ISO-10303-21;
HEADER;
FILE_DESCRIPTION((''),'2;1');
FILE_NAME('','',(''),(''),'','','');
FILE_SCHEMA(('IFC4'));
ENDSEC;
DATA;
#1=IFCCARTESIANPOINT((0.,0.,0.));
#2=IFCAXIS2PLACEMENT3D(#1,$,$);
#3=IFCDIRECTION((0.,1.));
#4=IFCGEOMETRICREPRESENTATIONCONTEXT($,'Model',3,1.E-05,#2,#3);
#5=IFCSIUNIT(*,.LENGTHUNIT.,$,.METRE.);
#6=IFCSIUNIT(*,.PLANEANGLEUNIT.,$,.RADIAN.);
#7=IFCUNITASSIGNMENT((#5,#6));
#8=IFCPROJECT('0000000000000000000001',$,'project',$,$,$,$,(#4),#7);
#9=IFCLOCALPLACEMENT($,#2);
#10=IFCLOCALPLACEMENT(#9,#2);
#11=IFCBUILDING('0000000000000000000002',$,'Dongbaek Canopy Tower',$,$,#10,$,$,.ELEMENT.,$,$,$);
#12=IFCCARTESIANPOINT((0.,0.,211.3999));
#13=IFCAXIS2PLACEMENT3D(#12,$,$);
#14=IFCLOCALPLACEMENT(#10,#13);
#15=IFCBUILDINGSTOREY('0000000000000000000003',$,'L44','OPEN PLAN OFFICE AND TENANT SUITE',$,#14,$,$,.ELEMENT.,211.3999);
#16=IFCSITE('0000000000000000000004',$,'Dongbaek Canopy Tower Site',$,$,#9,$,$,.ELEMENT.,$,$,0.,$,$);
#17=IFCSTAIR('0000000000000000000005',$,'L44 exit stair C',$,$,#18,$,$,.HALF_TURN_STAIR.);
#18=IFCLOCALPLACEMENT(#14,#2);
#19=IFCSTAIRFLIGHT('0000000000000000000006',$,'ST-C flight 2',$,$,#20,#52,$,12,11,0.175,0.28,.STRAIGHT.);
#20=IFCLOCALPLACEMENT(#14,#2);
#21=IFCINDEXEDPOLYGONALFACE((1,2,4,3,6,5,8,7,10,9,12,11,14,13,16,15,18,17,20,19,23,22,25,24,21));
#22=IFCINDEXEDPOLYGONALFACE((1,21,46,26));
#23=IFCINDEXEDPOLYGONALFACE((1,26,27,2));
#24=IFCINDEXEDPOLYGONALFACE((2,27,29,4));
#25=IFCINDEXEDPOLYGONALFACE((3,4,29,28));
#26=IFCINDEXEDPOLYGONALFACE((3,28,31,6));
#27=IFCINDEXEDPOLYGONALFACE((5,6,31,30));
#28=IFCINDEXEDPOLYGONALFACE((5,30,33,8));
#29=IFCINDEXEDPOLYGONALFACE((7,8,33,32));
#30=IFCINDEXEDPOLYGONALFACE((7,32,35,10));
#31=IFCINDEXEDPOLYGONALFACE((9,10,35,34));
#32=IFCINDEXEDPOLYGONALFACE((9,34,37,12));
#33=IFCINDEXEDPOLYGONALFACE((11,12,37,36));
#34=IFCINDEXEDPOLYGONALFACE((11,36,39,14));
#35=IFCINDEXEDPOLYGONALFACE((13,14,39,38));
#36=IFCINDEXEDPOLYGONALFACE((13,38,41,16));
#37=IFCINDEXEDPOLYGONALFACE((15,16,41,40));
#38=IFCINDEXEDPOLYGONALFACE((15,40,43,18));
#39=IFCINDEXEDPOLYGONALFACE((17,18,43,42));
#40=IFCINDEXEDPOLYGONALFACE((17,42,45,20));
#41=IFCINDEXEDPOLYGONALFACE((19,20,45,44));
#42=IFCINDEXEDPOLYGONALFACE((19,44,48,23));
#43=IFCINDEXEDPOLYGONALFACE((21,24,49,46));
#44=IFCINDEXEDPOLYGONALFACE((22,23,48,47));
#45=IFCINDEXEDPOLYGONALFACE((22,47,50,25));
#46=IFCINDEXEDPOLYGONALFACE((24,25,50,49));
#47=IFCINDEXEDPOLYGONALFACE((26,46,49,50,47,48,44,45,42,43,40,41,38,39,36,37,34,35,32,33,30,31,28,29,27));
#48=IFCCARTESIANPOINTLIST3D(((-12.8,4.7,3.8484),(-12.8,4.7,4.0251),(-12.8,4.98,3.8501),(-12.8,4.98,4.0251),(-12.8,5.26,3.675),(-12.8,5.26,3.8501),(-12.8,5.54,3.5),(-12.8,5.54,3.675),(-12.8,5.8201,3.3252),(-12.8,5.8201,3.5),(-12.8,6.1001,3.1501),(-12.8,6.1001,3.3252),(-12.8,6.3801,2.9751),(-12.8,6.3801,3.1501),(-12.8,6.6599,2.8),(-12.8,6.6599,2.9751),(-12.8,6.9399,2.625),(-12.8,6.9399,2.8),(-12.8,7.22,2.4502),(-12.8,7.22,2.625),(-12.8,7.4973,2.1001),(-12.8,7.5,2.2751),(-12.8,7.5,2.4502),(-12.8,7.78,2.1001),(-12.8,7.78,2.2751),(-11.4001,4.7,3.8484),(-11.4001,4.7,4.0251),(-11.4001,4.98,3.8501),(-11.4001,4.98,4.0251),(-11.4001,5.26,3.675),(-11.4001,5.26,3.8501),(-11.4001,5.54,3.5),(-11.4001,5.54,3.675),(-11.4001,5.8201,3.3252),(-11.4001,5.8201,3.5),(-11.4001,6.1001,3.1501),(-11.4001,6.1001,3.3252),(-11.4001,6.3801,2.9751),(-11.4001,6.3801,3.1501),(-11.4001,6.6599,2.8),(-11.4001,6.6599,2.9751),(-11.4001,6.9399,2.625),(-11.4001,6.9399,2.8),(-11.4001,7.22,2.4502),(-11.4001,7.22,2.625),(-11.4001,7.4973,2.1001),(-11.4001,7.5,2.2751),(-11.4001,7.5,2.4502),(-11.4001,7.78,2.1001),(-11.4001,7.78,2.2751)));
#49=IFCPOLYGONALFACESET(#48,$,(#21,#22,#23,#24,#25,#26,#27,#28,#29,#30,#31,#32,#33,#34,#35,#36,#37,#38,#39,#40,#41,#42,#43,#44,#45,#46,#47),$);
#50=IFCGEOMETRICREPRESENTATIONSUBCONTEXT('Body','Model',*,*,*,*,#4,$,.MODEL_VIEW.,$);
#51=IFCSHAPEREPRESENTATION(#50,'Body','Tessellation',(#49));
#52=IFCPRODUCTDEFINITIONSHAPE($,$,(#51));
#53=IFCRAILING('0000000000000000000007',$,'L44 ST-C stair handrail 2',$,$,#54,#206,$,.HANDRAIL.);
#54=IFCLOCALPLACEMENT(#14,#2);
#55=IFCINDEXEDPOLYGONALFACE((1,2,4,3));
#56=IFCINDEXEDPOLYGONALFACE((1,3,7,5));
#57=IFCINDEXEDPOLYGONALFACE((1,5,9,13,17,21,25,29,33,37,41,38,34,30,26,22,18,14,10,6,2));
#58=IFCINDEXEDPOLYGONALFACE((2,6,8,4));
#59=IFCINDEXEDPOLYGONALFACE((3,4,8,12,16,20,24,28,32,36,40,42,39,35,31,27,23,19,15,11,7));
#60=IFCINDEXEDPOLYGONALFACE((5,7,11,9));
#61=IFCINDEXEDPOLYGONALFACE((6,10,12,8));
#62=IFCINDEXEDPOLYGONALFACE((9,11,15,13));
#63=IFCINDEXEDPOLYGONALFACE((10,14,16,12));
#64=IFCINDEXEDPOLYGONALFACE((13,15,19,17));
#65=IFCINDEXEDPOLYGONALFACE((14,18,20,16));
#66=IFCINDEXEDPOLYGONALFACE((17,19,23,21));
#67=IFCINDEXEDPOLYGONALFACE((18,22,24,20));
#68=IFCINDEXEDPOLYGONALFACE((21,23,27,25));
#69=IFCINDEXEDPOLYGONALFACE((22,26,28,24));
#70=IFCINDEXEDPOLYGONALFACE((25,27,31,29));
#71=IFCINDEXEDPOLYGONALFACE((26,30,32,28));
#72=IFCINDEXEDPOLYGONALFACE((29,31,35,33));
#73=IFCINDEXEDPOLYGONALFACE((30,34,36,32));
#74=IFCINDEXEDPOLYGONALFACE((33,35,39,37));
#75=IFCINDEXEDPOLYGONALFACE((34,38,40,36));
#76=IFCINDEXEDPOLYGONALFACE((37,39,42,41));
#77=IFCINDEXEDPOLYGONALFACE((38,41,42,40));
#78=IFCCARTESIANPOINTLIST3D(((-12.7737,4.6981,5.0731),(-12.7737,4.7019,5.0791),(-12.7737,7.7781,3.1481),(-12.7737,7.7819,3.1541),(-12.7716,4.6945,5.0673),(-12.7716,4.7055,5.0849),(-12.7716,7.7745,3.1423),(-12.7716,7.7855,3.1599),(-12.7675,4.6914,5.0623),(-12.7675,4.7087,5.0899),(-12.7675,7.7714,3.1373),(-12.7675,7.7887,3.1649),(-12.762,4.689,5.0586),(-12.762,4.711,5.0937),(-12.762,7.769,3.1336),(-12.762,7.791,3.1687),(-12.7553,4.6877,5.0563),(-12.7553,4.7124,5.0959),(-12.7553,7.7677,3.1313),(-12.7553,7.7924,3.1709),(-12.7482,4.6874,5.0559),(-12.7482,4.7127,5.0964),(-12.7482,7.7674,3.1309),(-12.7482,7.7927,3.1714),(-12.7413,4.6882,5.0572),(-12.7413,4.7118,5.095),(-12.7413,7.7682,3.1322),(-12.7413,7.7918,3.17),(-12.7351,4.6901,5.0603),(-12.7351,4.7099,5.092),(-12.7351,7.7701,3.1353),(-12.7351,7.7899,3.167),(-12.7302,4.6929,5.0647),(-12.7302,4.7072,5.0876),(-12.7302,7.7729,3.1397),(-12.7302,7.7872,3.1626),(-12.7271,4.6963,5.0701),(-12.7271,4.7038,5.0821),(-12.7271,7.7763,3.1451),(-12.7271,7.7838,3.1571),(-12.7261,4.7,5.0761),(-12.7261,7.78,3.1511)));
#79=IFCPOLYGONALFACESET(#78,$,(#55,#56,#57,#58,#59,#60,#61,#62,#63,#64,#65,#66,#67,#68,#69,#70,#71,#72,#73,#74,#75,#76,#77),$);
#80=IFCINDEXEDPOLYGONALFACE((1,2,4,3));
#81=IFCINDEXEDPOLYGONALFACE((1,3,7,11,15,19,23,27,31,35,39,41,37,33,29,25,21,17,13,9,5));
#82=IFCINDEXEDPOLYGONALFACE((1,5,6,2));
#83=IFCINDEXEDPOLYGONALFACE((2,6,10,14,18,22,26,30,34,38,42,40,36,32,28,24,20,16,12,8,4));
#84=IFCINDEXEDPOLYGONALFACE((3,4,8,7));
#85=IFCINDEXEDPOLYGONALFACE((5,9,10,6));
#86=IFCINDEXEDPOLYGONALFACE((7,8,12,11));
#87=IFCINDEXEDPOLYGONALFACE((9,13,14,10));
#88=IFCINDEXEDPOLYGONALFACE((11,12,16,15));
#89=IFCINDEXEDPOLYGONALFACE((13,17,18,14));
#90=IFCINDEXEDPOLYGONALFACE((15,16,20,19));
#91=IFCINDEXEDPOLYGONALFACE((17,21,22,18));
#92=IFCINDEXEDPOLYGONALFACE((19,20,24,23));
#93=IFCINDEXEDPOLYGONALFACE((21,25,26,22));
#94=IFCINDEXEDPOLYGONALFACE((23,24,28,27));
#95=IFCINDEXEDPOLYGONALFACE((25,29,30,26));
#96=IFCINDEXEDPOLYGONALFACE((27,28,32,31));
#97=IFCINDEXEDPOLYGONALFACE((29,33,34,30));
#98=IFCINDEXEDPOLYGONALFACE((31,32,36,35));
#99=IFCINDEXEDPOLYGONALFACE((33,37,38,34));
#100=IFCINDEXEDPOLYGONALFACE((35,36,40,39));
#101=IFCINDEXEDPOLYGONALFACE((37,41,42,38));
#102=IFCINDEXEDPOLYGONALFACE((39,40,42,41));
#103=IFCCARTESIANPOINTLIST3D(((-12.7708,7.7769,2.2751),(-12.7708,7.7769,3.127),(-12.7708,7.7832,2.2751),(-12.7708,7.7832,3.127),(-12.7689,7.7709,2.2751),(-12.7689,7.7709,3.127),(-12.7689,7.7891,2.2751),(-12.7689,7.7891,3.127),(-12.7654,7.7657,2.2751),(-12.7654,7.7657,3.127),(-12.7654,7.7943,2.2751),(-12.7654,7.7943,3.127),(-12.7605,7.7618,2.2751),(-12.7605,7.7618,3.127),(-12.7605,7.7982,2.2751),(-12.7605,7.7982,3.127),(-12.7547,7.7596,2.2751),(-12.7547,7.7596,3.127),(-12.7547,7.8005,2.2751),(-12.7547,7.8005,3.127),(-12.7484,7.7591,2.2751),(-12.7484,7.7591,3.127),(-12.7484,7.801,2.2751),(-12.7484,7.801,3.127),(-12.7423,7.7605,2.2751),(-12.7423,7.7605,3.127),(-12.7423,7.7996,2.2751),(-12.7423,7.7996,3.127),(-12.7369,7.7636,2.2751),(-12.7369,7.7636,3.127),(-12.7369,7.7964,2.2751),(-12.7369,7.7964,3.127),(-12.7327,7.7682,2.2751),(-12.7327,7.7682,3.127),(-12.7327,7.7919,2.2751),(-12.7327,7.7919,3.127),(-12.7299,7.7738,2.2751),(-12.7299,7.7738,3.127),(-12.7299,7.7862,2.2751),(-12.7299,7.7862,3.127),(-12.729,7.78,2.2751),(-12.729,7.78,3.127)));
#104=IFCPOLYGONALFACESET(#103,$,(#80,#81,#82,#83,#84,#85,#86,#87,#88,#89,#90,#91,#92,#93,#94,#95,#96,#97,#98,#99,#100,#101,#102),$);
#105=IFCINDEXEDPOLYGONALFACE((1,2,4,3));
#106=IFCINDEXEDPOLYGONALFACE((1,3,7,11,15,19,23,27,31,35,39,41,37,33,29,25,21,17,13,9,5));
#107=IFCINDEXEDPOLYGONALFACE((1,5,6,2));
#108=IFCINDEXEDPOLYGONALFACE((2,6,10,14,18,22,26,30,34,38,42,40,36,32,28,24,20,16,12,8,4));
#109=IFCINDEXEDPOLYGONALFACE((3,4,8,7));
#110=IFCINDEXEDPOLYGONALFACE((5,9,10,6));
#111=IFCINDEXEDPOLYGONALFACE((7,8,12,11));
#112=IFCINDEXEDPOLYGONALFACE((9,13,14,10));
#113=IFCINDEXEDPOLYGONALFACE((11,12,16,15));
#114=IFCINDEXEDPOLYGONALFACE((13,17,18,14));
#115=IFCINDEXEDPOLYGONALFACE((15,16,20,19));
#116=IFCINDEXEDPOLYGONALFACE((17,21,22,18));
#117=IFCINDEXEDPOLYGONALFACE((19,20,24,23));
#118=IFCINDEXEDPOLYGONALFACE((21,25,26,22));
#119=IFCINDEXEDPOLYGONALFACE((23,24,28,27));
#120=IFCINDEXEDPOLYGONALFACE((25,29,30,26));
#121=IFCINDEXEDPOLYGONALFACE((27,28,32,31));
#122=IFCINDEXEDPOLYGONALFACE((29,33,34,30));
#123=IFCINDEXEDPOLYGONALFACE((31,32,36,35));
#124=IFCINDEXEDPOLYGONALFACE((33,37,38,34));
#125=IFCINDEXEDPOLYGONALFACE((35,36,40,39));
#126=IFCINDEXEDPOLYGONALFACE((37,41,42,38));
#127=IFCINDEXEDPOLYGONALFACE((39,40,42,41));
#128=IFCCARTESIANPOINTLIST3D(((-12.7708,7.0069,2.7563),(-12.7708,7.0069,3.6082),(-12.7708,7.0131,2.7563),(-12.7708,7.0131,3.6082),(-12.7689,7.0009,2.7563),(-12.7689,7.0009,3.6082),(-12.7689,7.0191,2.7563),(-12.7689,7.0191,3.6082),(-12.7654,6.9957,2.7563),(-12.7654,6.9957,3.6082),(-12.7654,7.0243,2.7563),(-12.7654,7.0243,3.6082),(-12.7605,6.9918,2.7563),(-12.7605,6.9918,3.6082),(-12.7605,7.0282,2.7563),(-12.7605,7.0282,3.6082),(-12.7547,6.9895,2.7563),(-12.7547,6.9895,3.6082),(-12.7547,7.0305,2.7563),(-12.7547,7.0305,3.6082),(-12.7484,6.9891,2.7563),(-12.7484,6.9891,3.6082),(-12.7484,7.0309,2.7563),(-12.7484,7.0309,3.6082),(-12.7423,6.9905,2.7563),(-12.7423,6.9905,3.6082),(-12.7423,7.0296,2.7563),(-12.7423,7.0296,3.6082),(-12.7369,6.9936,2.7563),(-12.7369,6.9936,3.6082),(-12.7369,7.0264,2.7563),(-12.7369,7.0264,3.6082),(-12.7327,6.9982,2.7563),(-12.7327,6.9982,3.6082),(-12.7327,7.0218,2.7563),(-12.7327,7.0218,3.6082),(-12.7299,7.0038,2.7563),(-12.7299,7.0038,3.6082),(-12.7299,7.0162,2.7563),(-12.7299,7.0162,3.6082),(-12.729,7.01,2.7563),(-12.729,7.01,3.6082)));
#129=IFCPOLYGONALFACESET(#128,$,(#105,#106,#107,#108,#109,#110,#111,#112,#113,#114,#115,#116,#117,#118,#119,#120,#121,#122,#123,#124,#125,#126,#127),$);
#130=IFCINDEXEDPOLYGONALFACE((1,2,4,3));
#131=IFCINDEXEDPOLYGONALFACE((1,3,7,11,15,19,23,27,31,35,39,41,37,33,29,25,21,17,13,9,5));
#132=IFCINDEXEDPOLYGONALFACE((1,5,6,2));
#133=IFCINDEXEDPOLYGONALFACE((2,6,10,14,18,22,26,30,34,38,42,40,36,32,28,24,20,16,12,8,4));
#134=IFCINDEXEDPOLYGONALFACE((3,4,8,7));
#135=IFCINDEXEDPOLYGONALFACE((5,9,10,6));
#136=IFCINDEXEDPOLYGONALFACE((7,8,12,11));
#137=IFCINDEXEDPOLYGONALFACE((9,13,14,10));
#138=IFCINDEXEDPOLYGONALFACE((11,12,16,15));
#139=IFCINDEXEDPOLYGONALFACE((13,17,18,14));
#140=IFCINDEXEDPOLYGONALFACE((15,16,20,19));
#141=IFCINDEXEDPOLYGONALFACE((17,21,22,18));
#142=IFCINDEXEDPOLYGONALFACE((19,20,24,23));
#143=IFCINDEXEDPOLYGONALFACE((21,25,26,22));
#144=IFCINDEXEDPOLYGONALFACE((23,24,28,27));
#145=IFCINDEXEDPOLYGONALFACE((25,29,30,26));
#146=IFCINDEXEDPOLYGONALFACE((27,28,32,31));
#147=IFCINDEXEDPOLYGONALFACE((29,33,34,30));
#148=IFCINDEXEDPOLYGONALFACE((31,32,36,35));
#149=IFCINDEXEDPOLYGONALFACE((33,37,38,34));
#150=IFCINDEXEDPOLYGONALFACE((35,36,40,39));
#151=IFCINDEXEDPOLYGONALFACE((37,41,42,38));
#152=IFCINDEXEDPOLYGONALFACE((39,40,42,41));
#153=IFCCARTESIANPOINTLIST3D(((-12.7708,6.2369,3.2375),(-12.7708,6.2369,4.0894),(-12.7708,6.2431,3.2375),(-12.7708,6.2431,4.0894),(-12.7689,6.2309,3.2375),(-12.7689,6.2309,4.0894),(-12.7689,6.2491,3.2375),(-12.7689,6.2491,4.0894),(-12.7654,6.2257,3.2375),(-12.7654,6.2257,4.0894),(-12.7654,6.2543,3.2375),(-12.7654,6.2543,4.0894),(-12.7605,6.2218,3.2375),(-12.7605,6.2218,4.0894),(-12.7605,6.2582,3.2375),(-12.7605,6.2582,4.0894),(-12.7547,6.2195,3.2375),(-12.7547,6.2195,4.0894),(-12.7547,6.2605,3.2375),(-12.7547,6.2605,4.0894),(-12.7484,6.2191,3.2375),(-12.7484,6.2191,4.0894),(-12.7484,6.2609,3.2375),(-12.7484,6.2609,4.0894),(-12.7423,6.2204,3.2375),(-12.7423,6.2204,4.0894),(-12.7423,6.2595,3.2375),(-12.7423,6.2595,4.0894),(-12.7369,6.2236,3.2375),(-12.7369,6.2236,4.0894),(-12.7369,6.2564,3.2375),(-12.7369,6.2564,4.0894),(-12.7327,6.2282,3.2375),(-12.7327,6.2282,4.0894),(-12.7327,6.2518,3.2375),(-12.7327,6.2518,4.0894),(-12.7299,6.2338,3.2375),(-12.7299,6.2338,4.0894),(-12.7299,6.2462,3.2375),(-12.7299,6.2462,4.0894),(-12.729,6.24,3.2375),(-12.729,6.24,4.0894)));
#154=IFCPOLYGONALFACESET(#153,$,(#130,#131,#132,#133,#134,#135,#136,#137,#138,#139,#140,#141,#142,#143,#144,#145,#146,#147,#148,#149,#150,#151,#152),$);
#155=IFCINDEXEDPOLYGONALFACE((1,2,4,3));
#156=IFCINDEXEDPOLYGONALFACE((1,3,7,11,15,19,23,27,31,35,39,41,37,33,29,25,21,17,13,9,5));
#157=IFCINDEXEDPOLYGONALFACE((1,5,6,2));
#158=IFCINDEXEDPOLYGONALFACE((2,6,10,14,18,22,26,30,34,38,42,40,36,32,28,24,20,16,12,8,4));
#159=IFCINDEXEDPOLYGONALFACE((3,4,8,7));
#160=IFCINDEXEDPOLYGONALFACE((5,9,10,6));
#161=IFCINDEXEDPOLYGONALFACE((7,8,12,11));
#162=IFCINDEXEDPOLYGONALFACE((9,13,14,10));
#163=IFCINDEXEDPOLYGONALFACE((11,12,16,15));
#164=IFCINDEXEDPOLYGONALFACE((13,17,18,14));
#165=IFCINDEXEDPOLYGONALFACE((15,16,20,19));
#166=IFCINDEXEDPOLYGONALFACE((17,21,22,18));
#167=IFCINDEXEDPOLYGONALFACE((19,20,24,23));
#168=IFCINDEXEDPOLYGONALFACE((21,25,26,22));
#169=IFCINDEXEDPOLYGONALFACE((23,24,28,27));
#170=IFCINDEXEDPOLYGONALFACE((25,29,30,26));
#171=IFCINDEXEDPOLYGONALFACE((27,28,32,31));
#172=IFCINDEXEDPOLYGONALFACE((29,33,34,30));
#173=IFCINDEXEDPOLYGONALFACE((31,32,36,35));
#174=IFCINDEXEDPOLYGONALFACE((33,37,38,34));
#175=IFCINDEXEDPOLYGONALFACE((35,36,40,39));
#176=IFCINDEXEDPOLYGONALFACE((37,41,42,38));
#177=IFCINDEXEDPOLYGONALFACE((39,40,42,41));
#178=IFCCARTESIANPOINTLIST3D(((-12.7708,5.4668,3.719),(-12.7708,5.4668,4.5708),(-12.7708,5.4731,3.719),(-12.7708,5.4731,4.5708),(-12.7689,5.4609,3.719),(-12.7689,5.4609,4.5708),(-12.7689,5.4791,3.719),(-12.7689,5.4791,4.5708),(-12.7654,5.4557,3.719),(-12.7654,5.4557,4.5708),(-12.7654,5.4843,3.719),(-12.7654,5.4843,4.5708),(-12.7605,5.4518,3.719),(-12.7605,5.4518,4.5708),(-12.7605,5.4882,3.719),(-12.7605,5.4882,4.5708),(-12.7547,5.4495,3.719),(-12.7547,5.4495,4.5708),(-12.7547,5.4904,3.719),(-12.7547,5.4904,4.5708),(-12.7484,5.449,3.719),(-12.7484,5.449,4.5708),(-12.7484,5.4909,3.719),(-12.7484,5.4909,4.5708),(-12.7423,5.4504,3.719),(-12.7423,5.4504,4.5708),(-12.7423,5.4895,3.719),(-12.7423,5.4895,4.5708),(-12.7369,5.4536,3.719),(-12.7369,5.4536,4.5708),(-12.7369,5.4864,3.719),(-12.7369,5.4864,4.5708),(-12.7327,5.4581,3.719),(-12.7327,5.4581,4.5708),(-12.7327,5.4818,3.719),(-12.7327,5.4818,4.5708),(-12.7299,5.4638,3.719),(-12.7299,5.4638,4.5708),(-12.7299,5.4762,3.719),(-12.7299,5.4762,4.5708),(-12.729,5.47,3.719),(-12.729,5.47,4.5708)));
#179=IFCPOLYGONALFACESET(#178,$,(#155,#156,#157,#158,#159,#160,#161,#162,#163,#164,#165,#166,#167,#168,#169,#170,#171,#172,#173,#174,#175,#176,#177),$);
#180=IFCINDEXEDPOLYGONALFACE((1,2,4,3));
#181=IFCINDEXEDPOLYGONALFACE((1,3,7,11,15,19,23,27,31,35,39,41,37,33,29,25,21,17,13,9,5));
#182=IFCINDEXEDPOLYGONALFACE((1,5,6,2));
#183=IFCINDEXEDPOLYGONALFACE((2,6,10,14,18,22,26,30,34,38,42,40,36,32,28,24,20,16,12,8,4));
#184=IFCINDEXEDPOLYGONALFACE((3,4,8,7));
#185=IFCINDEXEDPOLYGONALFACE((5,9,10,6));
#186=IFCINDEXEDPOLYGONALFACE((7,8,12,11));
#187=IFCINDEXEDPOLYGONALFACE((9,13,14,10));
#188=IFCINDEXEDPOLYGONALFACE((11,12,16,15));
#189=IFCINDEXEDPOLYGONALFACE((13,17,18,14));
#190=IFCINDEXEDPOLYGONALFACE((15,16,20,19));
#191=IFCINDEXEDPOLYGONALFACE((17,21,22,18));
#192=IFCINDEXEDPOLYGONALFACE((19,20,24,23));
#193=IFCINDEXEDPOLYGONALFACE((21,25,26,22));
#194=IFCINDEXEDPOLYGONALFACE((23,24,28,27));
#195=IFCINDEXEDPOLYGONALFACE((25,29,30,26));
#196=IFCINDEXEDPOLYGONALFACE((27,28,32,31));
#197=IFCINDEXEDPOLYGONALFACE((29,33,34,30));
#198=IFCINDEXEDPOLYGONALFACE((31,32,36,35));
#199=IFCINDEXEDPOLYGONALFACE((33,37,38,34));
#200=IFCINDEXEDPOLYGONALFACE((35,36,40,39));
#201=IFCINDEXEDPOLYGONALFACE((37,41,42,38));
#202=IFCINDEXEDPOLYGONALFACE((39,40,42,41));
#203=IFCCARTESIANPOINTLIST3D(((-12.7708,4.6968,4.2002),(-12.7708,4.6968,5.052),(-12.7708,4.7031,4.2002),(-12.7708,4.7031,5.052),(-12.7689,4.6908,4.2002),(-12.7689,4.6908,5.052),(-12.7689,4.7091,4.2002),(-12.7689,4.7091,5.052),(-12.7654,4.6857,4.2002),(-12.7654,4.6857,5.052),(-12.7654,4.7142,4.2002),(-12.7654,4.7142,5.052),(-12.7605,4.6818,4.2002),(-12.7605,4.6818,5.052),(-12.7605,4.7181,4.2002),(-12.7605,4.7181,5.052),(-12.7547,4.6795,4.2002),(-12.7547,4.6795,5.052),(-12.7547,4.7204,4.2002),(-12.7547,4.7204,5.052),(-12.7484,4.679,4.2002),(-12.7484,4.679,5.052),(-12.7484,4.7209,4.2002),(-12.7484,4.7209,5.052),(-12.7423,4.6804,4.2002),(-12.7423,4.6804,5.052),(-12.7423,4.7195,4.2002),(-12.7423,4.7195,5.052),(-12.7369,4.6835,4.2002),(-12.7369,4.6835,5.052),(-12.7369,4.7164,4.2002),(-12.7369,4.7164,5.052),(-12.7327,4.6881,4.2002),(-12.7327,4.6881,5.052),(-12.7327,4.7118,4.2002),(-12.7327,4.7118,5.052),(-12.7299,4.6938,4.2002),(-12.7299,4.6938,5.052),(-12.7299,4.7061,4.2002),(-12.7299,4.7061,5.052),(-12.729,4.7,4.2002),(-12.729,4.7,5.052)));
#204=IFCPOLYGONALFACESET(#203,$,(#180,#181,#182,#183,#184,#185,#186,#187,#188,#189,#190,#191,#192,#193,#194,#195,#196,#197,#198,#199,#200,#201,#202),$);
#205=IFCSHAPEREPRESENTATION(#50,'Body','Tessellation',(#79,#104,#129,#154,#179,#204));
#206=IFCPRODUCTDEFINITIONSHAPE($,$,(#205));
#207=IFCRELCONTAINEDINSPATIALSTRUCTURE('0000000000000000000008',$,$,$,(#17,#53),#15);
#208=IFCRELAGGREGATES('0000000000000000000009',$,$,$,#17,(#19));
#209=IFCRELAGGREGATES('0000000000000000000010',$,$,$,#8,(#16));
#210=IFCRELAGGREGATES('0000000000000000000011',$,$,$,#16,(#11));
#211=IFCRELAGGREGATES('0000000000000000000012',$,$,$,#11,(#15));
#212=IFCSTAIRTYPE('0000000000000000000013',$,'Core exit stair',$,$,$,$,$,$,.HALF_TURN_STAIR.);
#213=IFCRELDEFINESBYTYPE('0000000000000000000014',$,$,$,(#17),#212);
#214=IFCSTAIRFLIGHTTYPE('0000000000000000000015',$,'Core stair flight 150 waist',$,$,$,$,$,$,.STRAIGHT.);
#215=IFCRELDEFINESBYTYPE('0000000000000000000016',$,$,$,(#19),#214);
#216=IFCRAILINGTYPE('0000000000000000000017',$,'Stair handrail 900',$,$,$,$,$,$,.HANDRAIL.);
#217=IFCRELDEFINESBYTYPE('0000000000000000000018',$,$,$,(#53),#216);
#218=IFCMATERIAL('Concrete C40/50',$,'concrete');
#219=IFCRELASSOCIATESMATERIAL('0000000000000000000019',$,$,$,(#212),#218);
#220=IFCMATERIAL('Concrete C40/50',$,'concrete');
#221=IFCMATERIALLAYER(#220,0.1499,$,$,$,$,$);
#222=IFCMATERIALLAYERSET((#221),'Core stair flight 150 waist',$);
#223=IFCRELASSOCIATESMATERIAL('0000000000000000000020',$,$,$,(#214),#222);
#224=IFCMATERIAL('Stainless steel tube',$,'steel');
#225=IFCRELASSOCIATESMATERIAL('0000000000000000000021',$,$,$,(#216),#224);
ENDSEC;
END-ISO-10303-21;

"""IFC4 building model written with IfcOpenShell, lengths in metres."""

from ifc_helpers import new_model, si_unit, direction, frame, origin, origin_2d, place, context, subcontext, project, spatial, polyline, circle, outline, extrude, material, layer, layer_set, type_object, element, aggregate, save


model = new_model("IFC4")

# Units and contexts
model_context = context("Model", 3, precision=1e-05, world=origin(), true_north=direction((0.0, 1.0)))
body_context = subcontext(model_context, "Body", "Model", "MODEL_VIEW")
ifc_project = project(units=[si_unit("LENGTHUNIT", "METRE"), si_unit("PLANEANGLEUNIT", "RADIAN")], contexts=[model_context])

# Site, building, storey
site_placement = place(None, origin())
site = spatial("IfcSite", under=ifc_project, at=site_placement, Name="Dongbaek Canopy Tower Site", CompositionType="ELEMENT", RefElevation=0.0)
building_placement = place(site_placement, origin())
building = spatial("IfcBuilding", under=site, at=building_placement, Name="Dongbaek Canopy Tower", CompositionType="ELEMENT")
storey_placement = place(building_placement, frame((0.0, 0.0, 211.3999)))
storey = spatial("IfcBuildingStorey", under=building, at=storey_placement, Name="L44", Description="OPEN PLAN OFFICE AND TENANT SUITE", CompositionType="ELEMENT", Elevation=211.3999)

# Stair, stair flight
ifc_material_1 = material(Name="Concrete C40/50", Category="concrete")
stair_type = type_object("IfcStairType", Name="Core exit stair", PredefinedType="HALF_TURN_STAIR", material=ifc_material_1)
stair_placement = place(storey_placement, origin())
stair = element("IfcStair", 1, at=stair_placement, inside=storey, type_object=stair_type, Name="L44 exit stair C", PredefinedType="HALF_TURN_STAIR")
ifc_material_2 = material(Name="Concrete C40/50", Category="concrete")
ifc_layer_1 = layer(ifc_material_2, 0.1499)
ifc_layer_set_1 = layer_set([ifc_layer_1], Name="Core stair flight 150 waist")
stair_flight_type = type_object("IfcStairFlightType", Name="Core stair flight 150 waist", PredefinedType="STRAIGHT", material=ifc_layer_set_1)
stair_flight_placement = place(storey_placement, frame((-12.1001, 7.78, 2.1001), z_axis=(0.0, 0.0, 1.0), x_axis=(0.0, -1.0, 0.0)))
stair_flight = element("IfcStairFlight", 2, at=stair_flight_placement, type_object=stair_flight_type, Name="ST-C flight 2", NumberOfRisers=12, NumberOfTreads=11, PredefinedType="STRAIGHT", RiserHeight=0.175, TreadLength=0.28, context=body_context, shape_type="SweptSolid", body=[
    extrude(outline(polyline([(0.0, 0.0), (0.0, 0.175), (0.28, 0.175), (0.28, 0.3501), (0.5601, 0.3501), (0.5601, 0.5249), (0.8401, 0.5249), (0.8401, 0.7), (1.1201, 0.7), (1.1201, 0.875), (1.3999, 0.875), (1.3999, 1.05), (1.6799, 1.05), (1.6799, 1.2251), (1.96, 1.2251), (1.96, 1.3999), (2.24, 1.3999), (2.24, 1.575), (2.52, 1.575), (2.52, 1.75), (2.8, 1.75), (2.8, 1.925), (3.0801, 1.925), (3.0801, 2.1001), (3.0801, 1.7483), (0.2827, 0.0), (0.0, 0.0)])), frame((0.0, 0.7, 0.0), z_axis=(0.0, -1.0, 0.0), x_axis=(1.0, 0.0, 0.0)), (0.0, 0.0, 1.0), 1.3999),
])
aggregate(stair, [stair_flight])

# Railing
ifc_material_3 = material(Name="Stainless steel tube", Category="steel")
railing_type_1 = type_object("IfcRailingType", Name="Stair handrail 900", PredefinedType="HANDRAIL", material=ifc_material_3)
railing_1_placement = place(storey_placement, frame((-12.75, 7.78, 2.2751)))
element("IfcRailing", 3, at=railing_1_placement, inside=storey, type_object=railing_type_1, Name="L44 ST-C stair handrail 2", PredefinedType="HANDRAIL", context=body_context, shape_type="SweptSolid", body=[
    extrude(circle(Radius=0.0239, at=origin_2d()), frame((0.0, 0.0, 0.876), z_axis=(0.0, -0.847998, 0.529999), x_axis=(1.0, 0.0, 0.0)), (0.0, 0.0, 1.0), 3.6321),
    extrude(circle(Radius=0.021, at=origin_2d()), origin(), (0.0, 0.0, 1.0), 0.8518),
    extrude(circle(Radius=0.021, at=origin_2d()), frame((0.0, -0.77, 0.4812)), (0.0, 0.0, 1.0), 0.8518),
    extrude(circle(Radius=0.021, at=origin_2d()), frame((0.0, -1.54, 0.9624)), (0.0, 0.0, 1.0), 0.8518),
    extrude(circle(Radius=0.021, at=origin_2d()), frame((0.0, -2.3101, 1.4438)), (0.0, 0.0, 1.0), 0.8518),
    extrude(circle(Radius=0.021, at=origin_2d()), frame((0.0, -3.0801, 1.925)), (0.0, 0.0, 1.0), 0.8518),
])

save(model, "model.ifc")
